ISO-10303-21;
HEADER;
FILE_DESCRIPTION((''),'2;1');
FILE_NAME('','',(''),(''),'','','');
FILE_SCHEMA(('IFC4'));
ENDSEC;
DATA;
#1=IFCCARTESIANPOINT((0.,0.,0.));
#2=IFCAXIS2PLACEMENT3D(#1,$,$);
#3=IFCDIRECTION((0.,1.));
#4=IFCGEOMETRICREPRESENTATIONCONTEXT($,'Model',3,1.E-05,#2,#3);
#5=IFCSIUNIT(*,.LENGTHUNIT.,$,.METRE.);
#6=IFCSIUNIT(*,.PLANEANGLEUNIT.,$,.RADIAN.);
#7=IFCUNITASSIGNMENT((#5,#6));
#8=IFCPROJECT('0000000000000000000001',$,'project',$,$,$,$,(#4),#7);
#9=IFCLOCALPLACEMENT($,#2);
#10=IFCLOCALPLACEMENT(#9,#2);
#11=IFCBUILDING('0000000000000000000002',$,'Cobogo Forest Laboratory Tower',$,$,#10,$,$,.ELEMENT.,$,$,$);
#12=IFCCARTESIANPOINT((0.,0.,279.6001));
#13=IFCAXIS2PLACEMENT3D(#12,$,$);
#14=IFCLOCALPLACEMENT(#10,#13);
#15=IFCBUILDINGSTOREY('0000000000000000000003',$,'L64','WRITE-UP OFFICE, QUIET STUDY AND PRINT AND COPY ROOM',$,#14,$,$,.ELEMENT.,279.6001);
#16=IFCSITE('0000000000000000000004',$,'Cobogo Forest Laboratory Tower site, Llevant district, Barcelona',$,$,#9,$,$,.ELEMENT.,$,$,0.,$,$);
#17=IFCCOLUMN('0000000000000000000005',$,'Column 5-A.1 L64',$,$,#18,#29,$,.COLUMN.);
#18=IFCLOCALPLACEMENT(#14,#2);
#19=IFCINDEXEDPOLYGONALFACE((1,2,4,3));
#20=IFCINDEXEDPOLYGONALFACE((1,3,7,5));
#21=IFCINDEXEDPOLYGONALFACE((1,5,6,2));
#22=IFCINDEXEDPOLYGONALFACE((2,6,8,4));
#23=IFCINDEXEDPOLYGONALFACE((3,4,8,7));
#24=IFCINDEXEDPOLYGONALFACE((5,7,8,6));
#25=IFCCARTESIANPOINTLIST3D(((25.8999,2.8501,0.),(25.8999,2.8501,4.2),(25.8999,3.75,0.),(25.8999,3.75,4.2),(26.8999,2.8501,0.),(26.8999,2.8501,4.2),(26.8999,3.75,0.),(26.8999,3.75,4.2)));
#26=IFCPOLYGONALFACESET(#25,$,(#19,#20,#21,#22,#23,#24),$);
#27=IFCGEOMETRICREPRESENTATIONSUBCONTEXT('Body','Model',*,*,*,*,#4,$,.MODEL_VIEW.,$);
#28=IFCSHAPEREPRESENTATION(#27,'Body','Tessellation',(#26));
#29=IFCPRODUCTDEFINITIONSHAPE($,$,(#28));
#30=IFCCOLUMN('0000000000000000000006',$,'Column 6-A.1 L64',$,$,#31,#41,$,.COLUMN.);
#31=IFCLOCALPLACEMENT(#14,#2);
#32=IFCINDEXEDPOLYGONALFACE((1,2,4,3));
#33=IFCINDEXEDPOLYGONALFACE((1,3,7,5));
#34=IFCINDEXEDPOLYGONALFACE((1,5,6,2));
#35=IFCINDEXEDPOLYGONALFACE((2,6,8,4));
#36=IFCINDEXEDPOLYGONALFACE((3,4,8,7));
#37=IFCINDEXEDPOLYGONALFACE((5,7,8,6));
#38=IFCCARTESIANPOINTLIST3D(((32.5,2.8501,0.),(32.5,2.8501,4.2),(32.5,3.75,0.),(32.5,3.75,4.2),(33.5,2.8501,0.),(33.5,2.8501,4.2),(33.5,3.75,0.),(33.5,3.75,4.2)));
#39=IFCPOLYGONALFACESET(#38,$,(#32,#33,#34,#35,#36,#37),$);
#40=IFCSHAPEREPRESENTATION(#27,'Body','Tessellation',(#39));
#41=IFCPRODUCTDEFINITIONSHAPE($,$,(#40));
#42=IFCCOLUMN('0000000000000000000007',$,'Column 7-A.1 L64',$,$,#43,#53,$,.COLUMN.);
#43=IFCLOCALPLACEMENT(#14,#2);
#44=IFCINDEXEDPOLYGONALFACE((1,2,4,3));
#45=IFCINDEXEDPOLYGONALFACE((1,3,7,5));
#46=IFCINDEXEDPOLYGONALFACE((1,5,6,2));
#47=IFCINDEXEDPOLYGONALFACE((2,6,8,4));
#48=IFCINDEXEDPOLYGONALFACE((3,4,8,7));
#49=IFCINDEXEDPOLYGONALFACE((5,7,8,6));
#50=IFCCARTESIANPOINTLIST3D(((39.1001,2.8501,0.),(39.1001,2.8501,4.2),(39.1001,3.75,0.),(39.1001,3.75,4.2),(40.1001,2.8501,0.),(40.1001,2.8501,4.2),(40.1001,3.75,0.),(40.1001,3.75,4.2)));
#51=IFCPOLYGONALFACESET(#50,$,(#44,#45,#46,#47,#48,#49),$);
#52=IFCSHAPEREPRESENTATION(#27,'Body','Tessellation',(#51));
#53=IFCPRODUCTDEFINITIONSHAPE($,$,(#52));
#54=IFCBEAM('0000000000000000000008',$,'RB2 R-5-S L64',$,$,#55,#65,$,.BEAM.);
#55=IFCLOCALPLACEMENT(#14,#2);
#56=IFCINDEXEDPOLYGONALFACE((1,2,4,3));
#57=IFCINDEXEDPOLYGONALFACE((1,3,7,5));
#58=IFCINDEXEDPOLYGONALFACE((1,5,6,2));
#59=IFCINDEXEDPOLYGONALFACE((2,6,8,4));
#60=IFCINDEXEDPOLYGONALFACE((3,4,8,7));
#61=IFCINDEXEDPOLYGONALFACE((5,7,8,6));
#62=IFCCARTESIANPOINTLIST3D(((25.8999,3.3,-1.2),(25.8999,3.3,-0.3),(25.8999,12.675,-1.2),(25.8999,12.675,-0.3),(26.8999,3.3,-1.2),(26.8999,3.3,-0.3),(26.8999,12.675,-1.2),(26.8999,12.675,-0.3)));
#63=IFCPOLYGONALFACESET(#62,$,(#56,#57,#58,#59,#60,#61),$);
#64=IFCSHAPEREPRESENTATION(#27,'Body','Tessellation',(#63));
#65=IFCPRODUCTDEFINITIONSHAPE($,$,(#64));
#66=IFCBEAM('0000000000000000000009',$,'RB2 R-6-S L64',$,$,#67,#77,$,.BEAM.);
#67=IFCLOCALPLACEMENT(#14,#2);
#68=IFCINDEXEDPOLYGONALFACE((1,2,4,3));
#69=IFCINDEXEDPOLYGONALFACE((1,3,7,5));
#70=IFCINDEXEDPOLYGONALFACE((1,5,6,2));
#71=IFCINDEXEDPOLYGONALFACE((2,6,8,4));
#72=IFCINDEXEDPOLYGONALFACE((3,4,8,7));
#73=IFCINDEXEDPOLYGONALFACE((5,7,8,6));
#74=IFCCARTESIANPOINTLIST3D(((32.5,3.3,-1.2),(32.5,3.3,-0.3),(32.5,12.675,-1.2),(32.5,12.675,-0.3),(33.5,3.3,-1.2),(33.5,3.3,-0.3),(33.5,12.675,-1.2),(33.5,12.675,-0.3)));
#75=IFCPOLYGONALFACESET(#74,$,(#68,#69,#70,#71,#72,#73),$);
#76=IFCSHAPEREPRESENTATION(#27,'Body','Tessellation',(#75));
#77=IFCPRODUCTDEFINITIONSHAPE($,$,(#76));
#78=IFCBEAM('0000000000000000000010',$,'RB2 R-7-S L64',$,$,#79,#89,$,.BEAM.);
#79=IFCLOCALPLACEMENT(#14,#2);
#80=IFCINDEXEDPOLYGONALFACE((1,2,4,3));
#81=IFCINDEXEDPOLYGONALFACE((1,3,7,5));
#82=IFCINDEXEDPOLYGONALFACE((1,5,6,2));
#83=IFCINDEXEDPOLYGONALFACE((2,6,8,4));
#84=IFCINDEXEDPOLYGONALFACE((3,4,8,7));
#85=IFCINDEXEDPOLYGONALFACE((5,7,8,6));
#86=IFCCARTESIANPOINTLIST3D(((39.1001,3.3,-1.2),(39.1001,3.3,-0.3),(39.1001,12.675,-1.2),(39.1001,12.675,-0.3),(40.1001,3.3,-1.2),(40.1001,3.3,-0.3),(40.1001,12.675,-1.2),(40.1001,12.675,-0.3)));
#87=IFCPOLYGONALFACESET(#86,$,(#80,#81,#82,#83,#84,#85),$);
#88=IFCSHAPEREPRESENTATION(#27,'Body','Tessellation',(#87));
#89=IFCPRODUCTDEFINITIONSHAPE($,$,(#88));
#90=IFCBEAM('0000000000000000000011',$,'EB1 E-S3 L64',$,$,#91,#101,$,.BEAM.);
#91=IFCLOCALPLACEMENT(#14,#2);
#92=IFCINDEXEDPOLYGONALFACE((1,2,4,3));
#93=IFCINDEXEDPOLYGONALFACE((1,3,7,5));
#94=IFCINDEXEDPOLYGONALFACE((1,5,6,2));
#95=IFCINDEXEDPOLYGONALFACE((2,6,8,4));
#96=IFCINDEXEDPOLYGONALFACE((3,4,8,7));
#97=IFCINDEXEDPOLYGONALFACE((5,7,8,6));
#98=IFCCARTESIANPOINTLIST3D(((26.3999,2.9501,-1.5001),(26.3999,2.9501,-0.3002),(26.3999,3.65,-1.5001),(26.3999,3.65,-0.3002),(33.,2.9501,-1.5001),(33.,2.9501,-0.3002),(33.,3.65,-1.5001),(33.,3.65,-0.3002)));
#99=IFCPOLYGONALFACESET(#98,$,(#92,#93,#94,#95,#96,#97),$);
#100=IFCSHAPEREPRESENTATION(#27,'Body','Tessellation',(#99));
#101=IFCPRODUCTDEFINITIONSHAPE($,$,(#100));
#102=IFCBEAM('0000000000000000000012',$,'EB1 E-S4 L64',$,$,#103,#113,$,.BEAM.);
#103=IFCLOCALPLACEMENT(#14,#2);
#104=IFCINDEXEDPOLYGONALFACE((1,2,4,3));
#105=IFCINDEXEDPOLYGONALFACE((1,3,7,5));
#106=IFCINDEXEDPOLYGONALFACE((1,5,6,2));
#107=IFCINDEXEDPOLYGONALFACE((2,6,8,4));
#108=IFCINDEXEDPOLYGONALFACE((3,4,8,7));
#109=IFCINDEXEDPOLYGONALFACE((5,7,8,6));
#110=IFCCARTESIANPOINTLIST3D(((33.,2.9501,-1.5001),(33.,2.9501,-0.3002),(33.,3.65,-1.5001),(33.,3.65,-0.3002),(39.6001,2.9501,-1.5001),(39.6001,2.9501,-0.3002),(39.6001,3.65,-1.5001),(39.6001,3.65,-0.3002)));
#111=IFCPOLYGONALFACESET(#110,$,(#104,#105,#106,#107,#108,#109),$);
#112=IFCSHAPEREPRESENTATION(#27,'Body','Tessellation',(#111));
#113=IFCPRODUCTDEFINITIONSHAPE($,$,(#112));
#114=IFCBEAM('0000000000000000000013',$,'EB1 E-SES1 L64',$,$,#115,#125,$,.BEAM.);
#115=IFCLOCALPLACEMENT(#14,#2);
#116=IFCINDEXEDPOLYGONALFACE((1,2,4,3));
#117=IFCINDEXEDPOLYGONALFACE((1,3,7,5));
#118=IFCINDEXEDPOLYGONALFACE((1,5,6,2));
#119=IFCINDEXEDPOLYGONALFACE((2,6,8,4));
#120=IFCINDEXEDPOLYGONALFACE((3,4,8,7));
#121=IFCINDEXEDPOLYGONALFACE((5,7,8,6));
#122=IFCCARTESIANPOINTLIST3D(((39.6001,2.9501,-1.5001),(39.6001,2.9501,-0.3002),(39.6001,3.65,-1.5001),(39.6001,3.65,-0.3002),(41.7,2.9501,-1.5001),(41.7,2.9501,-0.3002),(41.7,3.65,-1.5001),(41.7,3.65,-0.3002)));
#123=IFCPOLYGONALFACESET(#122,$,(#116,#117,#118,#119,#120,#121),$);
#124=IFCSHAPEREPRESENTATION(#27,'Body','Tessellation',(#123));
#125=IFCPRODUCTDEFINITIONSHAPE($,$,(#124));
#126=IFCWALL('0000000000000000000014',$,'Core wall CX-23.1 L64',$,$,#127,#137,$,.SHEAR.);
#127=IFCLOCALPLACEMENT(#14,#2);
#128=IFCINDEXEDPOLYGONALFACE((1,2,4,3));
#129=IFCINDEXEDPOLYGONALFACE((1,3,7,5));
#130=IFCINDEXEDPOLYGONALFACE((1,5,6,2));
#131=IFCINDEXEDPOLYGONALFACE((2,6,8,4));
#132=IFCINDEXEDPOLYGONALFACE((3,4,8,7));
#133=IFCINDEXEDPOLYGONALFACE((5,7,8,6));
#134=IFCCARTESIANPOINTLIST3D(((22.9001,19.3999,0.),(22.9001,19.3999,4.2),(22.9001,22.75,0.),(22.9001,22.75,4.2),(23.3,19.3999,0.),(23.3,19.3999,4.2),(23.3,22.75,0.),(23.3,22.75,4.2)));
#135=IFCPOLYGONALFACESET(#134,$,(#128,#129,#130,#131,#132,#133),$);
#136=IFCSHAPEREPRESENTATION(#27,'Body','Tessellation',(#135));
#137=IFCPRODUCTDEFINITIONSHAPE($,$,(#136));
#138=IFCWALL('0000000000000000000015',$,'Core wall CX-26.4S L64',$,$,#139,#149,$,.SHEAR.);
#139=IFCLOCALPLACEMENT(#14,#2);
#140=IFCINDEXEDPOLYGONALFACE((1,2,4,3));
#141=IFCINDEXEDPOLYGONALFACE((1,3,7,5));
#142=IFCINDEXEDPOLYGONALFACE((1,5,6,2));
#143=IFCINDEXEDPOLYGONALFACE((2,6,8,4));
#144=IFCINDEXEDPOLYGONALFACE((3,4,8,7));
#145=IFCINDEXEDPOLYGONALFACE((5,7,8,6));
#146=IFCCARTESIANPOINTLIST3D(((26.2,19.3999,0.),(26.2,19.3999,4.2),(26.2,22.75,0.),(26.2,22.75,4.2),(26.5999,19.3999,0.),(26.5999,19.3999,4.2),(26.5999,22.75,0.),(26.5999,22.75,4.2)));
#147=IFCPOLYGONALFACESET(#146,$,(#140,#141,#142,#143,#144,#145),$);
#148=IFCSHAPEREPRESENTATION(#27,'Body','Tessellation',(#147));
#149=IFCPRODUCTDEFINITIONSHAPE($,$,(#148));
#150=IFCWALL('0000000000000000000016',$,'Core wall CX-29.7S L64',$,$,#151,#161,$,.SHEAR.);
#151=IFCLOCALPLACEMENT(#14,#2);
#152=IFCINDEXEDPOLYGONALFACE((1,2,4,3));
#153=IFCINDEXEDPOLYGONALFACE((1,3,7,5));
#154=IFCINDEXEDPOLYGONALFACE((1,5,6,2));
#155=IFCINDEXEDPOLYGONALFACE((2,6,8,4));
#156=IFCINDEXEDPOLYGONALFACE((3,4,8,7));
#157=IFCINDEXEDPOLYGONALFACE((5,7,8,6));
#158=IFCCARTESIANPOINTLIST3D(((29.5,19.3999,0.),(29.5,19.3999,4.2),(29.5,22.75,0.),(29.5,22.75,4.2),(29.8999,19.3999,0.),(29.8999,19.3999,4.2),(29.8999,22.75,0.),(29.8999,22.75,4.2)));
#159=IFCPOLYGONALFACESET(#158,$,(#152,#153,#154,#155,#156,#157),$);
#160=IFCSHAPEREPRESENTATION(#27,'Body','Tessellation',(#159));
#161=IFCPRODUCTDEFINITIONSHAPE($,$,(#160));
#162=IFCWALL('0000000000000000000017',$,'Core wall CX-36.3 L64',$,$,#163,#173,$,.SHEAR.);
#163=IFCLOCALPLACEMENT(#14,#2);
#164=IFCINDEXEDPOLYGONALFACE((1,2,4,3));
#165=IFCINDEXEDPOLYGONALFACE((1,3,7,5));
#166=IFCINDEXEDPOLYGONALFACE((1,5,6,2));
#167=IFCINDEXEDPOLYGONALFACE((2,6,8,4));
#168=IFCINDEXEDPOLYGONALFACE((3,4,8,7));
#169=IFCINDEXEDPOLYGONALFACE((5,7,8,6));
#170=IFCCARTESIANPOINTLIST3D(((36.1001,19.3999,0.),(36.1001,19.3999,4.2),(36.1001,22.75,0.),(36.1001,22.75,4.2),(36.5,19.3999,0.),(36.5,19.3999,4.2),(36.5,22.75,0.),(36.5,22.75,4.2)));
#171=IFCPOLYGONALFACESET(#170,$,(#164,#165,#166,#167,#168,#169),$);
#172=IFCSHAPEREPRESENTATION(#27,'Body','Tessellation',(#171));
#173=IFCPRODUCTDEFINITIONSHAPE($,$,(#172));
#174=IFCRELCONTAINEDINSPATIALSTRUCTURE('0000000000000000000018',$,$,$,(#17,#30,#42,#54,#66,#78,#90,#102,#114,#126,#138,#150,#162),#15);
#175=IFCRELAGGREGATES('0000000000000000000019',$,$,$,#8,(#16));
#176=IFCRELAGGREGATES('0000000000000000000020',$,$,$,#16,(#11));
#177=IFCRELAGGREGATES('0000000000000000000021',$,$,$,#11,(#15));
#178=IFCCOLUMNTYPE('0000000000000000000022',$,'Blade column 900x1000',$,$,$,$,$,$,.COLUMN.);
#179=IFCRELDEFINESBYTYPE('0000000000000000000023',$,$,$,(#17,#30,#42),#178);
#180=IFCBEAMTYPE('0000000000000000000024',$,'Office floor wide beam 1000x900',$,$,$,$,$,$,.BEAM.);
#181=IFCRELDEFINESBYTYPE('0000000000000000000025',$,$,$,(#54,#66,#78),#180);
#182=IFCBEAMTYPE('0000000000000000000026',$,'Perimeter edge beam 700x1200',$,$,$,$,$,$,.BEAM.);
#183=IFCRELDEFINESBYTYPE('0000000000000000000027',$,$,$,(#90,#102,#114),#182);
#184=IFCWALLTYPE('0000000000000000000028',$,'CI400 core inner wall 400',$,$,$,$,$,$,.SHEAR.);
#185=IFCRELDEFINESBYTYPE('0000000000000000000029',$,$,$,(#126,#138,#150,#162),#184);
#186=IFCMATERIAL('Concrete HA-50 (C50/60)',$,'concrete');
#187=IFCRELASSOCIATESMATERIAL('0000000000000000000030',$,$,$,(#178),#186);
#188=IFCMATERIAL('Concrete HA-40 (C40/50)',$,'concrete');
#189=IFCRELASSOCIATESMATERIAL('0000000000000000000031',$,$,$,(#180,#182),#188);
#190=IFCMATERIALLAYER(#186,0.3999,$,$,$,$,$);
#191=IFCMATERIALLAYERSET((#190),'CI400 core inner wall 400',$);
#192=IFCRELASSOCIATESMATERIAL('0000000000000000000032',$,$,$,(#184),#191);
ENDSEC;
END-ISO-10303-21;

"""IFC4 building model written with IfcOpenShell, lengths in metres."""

from ifc_helpers import new_model, si_unit, direction, frame, frame_2d, origin, origin_2d, place, context, subcontext, project, spatial, rectangle, extrude, material, layer, layer_set, material_profile, profile_set, type_object, element, save


model = new_model("IFC4")

# Units and contexts
model_context = context("Model", 3, precision=1e-05, world=origin(), true_north=direction((0.0, 1.0)))
body_context = subcontext(model_context, "Body", "Model", "MODEL_VIEW")
ifc_project = project(units=[si_unit("LENGTHUNIT", "METRE"), si_unit("PLANEANGLEUNIT", "RADIAN")], contexts=[model_context])

# Site, building, storey
site_placement = place(None, origin())
site = spatial("IfcSite", under=ifc_project, at=site_placement, Name="Cobogo Forest Laboratory Tower site, Llevant district, Barcelona", CompositionType="ELEMENT", RefElevation=0.0)
building_placement = place(site_placement, origin())
building = spatial("IfcBuilding", under=site, at=building_placement, Name="Cobogo Forest Laboratory Tower", CompositionType="ELEMENT")
storey_placement = place(building_placement, frame((0.0, 0.0, 279.6001)))
storey = spatial("IfcBuildingStorey", under=building, at=storey_placement, Name="L64", Description="WRITE-UP OFFICE, QUIET STUDY AND PRINT AND COPY ROOM", CompositionType="ELEMENT", Elevation=279.6001)

# Columns
ifc_material_1 = material(Name="Concrete HA-50 (C50/60)", Category="concrete")
ifc_material_profile_1 = material_profile(ifc_material_1, rectangle(XDim=1.0, YDim=0.8999, at=origin_2d()), Name="RC 900x1000")
ifc_profile_set_1 = profile_set([ifc_material_profile_1], Name="Concrete HA-50 (C50/60)")
column_type = type_object("IfcColumnType", Name="Blade column 900x1000", PredefinedType="COLUMN", material=ifc_profile_set_1)
for number, where, z_axis, x_axis, name in (
    (1, (26.3999, 3.3, 0.0), (0.0, 0.0, 1.0), (1.0, 0.0, 0.0), "Column 5-A.1 L64"),
    (2, (33.0, 3.3, 0.0), (0.0, 0.0, 1.0), (1.0, 0.0, 0.0), "Column 6-A.1 L64"),
    (3, (39.6001, 3.3, 0.0), (0.0, 0.0, 1.0), (1.0, 0.0, 0.0), "Column 7-A.1 L64"),
):
    element("IfcColumn", number, at=place(storey_placement, frame(where, z_axis=z_axis, x_axis=x_axis)), inside=storey, type_object=column_type, Name=name, PredefinedType="COLUMN", context=body_context, shape_type="SweptSolid", body=[
        extrude(rectangle(XDim=1.0, YDim=0.8999, at=origin_2d()), origin(), (0.0, 0.0, 1.0), 4.2),
    ])

# Beams
ifc_material_2 = material(Name="Concrete HA-40 (C40/50)", Category="concrete")
ifc_material_profile_2 = material_profile(ifc_material_2, rectangle(XDim=1.0, YDim=0.8999, at=origin_2d()), Name="RC 1000x900")
ifc_profile_set_2 = profile_set([ifc_material_profile_2], Name="Concrete HA-40 (C40/50)")
beam_type_1 = type_object("IfcBeamType", Name="Office floor wide beam 1000x900", PredefinedType="BEAM", material=ifc_profile_set_2)
for number, where, z_axis, x_axis, name in (
    (4, (26.3999, 12.675, -0.75), (0.0, -1.0, 0.0), (1.0, 0.0, 0.0), "RB2 R-5-S L64"),
    (5, (33.0, 12.675, -0.75), (0.0, -1.0, 0.0), (1.0, 0.0, 0.0), "RB2 R-6-S L64"),
    (6, (39.6001, 12.675, -0.75), (0.0, -1.0, 0.0), (1.0, 0.0, 0.0), "RB2 R-7-S L64"),
):
    element("IfcBeam", number, at=place(storey_placement, frame(where, z_axis=z_axis, x_axis=x_axis)), inside=storey, type_object=beam_type_1, Name=name, PredefinedType="BEAM", context=body_context, shape_type="SweptSolid", body=[
        extrude(rectangle(XDim=1.0, YDim=0.8999, at=origin_2d()), origin(), (0.0, 0.0, 1.0), 9.375),
    ])
ifc_material_profile_3 = material_profile(ifc_material_2, rectangle(XDim=0.7, YDim=1.2, at=origin_2d()), Name="RC 700x1200")
ifc_profile_set_3 = profile_set([ifc_material_profile_3], Name="Concrete HA-40 (C40/50)")
beam_type_2 = type_object("IfcBeamType", Name="Perimeter edge beam 700x1200", PredefinedType="BEAM", material=ifc_profile_set_3)
for number, where, z_axis, x_axis, name in (
    (7, (26.3999, 3.3, -0.9001), (1.0, 0.0, 0.0), (0.0, 1.0, 0.0), "EB1 E-S3 L64"),
    (8, (33.0, 3.3, -0.9001), (1.0, 0.0, 0.0), (0.0, 1.0, 0.0), "EB1 E-S4 L64"),
):
    element("IfcBeam", number, at=place(storey_placement, frame(where, z_axis=z_axis, x_axis=x_axis)), inside=storey, type_object=beam_type_2, Name=name, PredefinedType="BEAM", context=body_context, shape_type="SweptSolid", body=[
        extrude(rectangle(XDim=0.7, YDim=1.2, at=origin_2d()), origin(), (0.0, 0.0, 1.0), 6.6001),
    ])
beam_placement = place(storey_placement, frame((39.6001, 3.3, -0.9001), z_axis=(1.0, 0.0, 0.0), x_axis=(0.0, 1.0, 0.0)))
element("IfcBeam", 9, at=beam_placement, inside=storey, type_object=beam_type_2, Name="EB1 E-SES1 L64", PredefinedType="BEAM", context=body_context, shape_type="SweptSolid", body=[
    extrude(rectangle(XDim=0.7, YDim=1.2, at=origin_2d()), origin(), (0.0, 0.0, 1.0), 2.0999),
])

# Walls
ifc_layer_1 = layer(ifc_material_1, 0.3999)
ifc_layer_set_1 = layer_set([ifc_layer_1], Name="CI400 core inner wall 400")
wall_type_1 = type_object("IfcWallType", Name="CI400 core inner wall 400", PredefinedType="SHEAR", material=ifc_layer_set_1)
for number, where, z_axis, x_axis, name in (
    (10, (23.1001, 19.3999, 0.0), (0.0, 0.0, 1.0), (0.0, 1.0, 0.0), "Core wall CX-23.1 L64"),
    (11, (26.3999, 19.3999, 0.0), (0.0, 0.0, 1.0), (0.0, 1.0, 0.0), "Core wall CX-26.4S L64"),
    (12, (29.7, 19.3999, 0.0), (0.0, 0.0, 1.0), (0.0, 1.0, 0.0), "Core wall CX-29.7S L64"),
    (13, (36.3, 19.3999, 0.0), (0.0, 0.0, 1.0), (0.0, 1.0, 0.0), "Core wall CX-36.3 L64"),
):
    element("IfcWall", number, at=place(storey_placement, frame(where, z_axis=z_axis, x_axis=x_axis)), inside=storey, type_object=wall_type_1, Name=name, PredefinedType="SHEAR", context=body_context, shape_type="SweptSolid", body=[
        extrude(rectangle(XDim=3.3501, YDim=0.3999, at=frame_2d((1.675, 0.0))), origin(), (0.0, 0.0, 1.0), 4.2),
    ])

save(model, "model.ifc")
